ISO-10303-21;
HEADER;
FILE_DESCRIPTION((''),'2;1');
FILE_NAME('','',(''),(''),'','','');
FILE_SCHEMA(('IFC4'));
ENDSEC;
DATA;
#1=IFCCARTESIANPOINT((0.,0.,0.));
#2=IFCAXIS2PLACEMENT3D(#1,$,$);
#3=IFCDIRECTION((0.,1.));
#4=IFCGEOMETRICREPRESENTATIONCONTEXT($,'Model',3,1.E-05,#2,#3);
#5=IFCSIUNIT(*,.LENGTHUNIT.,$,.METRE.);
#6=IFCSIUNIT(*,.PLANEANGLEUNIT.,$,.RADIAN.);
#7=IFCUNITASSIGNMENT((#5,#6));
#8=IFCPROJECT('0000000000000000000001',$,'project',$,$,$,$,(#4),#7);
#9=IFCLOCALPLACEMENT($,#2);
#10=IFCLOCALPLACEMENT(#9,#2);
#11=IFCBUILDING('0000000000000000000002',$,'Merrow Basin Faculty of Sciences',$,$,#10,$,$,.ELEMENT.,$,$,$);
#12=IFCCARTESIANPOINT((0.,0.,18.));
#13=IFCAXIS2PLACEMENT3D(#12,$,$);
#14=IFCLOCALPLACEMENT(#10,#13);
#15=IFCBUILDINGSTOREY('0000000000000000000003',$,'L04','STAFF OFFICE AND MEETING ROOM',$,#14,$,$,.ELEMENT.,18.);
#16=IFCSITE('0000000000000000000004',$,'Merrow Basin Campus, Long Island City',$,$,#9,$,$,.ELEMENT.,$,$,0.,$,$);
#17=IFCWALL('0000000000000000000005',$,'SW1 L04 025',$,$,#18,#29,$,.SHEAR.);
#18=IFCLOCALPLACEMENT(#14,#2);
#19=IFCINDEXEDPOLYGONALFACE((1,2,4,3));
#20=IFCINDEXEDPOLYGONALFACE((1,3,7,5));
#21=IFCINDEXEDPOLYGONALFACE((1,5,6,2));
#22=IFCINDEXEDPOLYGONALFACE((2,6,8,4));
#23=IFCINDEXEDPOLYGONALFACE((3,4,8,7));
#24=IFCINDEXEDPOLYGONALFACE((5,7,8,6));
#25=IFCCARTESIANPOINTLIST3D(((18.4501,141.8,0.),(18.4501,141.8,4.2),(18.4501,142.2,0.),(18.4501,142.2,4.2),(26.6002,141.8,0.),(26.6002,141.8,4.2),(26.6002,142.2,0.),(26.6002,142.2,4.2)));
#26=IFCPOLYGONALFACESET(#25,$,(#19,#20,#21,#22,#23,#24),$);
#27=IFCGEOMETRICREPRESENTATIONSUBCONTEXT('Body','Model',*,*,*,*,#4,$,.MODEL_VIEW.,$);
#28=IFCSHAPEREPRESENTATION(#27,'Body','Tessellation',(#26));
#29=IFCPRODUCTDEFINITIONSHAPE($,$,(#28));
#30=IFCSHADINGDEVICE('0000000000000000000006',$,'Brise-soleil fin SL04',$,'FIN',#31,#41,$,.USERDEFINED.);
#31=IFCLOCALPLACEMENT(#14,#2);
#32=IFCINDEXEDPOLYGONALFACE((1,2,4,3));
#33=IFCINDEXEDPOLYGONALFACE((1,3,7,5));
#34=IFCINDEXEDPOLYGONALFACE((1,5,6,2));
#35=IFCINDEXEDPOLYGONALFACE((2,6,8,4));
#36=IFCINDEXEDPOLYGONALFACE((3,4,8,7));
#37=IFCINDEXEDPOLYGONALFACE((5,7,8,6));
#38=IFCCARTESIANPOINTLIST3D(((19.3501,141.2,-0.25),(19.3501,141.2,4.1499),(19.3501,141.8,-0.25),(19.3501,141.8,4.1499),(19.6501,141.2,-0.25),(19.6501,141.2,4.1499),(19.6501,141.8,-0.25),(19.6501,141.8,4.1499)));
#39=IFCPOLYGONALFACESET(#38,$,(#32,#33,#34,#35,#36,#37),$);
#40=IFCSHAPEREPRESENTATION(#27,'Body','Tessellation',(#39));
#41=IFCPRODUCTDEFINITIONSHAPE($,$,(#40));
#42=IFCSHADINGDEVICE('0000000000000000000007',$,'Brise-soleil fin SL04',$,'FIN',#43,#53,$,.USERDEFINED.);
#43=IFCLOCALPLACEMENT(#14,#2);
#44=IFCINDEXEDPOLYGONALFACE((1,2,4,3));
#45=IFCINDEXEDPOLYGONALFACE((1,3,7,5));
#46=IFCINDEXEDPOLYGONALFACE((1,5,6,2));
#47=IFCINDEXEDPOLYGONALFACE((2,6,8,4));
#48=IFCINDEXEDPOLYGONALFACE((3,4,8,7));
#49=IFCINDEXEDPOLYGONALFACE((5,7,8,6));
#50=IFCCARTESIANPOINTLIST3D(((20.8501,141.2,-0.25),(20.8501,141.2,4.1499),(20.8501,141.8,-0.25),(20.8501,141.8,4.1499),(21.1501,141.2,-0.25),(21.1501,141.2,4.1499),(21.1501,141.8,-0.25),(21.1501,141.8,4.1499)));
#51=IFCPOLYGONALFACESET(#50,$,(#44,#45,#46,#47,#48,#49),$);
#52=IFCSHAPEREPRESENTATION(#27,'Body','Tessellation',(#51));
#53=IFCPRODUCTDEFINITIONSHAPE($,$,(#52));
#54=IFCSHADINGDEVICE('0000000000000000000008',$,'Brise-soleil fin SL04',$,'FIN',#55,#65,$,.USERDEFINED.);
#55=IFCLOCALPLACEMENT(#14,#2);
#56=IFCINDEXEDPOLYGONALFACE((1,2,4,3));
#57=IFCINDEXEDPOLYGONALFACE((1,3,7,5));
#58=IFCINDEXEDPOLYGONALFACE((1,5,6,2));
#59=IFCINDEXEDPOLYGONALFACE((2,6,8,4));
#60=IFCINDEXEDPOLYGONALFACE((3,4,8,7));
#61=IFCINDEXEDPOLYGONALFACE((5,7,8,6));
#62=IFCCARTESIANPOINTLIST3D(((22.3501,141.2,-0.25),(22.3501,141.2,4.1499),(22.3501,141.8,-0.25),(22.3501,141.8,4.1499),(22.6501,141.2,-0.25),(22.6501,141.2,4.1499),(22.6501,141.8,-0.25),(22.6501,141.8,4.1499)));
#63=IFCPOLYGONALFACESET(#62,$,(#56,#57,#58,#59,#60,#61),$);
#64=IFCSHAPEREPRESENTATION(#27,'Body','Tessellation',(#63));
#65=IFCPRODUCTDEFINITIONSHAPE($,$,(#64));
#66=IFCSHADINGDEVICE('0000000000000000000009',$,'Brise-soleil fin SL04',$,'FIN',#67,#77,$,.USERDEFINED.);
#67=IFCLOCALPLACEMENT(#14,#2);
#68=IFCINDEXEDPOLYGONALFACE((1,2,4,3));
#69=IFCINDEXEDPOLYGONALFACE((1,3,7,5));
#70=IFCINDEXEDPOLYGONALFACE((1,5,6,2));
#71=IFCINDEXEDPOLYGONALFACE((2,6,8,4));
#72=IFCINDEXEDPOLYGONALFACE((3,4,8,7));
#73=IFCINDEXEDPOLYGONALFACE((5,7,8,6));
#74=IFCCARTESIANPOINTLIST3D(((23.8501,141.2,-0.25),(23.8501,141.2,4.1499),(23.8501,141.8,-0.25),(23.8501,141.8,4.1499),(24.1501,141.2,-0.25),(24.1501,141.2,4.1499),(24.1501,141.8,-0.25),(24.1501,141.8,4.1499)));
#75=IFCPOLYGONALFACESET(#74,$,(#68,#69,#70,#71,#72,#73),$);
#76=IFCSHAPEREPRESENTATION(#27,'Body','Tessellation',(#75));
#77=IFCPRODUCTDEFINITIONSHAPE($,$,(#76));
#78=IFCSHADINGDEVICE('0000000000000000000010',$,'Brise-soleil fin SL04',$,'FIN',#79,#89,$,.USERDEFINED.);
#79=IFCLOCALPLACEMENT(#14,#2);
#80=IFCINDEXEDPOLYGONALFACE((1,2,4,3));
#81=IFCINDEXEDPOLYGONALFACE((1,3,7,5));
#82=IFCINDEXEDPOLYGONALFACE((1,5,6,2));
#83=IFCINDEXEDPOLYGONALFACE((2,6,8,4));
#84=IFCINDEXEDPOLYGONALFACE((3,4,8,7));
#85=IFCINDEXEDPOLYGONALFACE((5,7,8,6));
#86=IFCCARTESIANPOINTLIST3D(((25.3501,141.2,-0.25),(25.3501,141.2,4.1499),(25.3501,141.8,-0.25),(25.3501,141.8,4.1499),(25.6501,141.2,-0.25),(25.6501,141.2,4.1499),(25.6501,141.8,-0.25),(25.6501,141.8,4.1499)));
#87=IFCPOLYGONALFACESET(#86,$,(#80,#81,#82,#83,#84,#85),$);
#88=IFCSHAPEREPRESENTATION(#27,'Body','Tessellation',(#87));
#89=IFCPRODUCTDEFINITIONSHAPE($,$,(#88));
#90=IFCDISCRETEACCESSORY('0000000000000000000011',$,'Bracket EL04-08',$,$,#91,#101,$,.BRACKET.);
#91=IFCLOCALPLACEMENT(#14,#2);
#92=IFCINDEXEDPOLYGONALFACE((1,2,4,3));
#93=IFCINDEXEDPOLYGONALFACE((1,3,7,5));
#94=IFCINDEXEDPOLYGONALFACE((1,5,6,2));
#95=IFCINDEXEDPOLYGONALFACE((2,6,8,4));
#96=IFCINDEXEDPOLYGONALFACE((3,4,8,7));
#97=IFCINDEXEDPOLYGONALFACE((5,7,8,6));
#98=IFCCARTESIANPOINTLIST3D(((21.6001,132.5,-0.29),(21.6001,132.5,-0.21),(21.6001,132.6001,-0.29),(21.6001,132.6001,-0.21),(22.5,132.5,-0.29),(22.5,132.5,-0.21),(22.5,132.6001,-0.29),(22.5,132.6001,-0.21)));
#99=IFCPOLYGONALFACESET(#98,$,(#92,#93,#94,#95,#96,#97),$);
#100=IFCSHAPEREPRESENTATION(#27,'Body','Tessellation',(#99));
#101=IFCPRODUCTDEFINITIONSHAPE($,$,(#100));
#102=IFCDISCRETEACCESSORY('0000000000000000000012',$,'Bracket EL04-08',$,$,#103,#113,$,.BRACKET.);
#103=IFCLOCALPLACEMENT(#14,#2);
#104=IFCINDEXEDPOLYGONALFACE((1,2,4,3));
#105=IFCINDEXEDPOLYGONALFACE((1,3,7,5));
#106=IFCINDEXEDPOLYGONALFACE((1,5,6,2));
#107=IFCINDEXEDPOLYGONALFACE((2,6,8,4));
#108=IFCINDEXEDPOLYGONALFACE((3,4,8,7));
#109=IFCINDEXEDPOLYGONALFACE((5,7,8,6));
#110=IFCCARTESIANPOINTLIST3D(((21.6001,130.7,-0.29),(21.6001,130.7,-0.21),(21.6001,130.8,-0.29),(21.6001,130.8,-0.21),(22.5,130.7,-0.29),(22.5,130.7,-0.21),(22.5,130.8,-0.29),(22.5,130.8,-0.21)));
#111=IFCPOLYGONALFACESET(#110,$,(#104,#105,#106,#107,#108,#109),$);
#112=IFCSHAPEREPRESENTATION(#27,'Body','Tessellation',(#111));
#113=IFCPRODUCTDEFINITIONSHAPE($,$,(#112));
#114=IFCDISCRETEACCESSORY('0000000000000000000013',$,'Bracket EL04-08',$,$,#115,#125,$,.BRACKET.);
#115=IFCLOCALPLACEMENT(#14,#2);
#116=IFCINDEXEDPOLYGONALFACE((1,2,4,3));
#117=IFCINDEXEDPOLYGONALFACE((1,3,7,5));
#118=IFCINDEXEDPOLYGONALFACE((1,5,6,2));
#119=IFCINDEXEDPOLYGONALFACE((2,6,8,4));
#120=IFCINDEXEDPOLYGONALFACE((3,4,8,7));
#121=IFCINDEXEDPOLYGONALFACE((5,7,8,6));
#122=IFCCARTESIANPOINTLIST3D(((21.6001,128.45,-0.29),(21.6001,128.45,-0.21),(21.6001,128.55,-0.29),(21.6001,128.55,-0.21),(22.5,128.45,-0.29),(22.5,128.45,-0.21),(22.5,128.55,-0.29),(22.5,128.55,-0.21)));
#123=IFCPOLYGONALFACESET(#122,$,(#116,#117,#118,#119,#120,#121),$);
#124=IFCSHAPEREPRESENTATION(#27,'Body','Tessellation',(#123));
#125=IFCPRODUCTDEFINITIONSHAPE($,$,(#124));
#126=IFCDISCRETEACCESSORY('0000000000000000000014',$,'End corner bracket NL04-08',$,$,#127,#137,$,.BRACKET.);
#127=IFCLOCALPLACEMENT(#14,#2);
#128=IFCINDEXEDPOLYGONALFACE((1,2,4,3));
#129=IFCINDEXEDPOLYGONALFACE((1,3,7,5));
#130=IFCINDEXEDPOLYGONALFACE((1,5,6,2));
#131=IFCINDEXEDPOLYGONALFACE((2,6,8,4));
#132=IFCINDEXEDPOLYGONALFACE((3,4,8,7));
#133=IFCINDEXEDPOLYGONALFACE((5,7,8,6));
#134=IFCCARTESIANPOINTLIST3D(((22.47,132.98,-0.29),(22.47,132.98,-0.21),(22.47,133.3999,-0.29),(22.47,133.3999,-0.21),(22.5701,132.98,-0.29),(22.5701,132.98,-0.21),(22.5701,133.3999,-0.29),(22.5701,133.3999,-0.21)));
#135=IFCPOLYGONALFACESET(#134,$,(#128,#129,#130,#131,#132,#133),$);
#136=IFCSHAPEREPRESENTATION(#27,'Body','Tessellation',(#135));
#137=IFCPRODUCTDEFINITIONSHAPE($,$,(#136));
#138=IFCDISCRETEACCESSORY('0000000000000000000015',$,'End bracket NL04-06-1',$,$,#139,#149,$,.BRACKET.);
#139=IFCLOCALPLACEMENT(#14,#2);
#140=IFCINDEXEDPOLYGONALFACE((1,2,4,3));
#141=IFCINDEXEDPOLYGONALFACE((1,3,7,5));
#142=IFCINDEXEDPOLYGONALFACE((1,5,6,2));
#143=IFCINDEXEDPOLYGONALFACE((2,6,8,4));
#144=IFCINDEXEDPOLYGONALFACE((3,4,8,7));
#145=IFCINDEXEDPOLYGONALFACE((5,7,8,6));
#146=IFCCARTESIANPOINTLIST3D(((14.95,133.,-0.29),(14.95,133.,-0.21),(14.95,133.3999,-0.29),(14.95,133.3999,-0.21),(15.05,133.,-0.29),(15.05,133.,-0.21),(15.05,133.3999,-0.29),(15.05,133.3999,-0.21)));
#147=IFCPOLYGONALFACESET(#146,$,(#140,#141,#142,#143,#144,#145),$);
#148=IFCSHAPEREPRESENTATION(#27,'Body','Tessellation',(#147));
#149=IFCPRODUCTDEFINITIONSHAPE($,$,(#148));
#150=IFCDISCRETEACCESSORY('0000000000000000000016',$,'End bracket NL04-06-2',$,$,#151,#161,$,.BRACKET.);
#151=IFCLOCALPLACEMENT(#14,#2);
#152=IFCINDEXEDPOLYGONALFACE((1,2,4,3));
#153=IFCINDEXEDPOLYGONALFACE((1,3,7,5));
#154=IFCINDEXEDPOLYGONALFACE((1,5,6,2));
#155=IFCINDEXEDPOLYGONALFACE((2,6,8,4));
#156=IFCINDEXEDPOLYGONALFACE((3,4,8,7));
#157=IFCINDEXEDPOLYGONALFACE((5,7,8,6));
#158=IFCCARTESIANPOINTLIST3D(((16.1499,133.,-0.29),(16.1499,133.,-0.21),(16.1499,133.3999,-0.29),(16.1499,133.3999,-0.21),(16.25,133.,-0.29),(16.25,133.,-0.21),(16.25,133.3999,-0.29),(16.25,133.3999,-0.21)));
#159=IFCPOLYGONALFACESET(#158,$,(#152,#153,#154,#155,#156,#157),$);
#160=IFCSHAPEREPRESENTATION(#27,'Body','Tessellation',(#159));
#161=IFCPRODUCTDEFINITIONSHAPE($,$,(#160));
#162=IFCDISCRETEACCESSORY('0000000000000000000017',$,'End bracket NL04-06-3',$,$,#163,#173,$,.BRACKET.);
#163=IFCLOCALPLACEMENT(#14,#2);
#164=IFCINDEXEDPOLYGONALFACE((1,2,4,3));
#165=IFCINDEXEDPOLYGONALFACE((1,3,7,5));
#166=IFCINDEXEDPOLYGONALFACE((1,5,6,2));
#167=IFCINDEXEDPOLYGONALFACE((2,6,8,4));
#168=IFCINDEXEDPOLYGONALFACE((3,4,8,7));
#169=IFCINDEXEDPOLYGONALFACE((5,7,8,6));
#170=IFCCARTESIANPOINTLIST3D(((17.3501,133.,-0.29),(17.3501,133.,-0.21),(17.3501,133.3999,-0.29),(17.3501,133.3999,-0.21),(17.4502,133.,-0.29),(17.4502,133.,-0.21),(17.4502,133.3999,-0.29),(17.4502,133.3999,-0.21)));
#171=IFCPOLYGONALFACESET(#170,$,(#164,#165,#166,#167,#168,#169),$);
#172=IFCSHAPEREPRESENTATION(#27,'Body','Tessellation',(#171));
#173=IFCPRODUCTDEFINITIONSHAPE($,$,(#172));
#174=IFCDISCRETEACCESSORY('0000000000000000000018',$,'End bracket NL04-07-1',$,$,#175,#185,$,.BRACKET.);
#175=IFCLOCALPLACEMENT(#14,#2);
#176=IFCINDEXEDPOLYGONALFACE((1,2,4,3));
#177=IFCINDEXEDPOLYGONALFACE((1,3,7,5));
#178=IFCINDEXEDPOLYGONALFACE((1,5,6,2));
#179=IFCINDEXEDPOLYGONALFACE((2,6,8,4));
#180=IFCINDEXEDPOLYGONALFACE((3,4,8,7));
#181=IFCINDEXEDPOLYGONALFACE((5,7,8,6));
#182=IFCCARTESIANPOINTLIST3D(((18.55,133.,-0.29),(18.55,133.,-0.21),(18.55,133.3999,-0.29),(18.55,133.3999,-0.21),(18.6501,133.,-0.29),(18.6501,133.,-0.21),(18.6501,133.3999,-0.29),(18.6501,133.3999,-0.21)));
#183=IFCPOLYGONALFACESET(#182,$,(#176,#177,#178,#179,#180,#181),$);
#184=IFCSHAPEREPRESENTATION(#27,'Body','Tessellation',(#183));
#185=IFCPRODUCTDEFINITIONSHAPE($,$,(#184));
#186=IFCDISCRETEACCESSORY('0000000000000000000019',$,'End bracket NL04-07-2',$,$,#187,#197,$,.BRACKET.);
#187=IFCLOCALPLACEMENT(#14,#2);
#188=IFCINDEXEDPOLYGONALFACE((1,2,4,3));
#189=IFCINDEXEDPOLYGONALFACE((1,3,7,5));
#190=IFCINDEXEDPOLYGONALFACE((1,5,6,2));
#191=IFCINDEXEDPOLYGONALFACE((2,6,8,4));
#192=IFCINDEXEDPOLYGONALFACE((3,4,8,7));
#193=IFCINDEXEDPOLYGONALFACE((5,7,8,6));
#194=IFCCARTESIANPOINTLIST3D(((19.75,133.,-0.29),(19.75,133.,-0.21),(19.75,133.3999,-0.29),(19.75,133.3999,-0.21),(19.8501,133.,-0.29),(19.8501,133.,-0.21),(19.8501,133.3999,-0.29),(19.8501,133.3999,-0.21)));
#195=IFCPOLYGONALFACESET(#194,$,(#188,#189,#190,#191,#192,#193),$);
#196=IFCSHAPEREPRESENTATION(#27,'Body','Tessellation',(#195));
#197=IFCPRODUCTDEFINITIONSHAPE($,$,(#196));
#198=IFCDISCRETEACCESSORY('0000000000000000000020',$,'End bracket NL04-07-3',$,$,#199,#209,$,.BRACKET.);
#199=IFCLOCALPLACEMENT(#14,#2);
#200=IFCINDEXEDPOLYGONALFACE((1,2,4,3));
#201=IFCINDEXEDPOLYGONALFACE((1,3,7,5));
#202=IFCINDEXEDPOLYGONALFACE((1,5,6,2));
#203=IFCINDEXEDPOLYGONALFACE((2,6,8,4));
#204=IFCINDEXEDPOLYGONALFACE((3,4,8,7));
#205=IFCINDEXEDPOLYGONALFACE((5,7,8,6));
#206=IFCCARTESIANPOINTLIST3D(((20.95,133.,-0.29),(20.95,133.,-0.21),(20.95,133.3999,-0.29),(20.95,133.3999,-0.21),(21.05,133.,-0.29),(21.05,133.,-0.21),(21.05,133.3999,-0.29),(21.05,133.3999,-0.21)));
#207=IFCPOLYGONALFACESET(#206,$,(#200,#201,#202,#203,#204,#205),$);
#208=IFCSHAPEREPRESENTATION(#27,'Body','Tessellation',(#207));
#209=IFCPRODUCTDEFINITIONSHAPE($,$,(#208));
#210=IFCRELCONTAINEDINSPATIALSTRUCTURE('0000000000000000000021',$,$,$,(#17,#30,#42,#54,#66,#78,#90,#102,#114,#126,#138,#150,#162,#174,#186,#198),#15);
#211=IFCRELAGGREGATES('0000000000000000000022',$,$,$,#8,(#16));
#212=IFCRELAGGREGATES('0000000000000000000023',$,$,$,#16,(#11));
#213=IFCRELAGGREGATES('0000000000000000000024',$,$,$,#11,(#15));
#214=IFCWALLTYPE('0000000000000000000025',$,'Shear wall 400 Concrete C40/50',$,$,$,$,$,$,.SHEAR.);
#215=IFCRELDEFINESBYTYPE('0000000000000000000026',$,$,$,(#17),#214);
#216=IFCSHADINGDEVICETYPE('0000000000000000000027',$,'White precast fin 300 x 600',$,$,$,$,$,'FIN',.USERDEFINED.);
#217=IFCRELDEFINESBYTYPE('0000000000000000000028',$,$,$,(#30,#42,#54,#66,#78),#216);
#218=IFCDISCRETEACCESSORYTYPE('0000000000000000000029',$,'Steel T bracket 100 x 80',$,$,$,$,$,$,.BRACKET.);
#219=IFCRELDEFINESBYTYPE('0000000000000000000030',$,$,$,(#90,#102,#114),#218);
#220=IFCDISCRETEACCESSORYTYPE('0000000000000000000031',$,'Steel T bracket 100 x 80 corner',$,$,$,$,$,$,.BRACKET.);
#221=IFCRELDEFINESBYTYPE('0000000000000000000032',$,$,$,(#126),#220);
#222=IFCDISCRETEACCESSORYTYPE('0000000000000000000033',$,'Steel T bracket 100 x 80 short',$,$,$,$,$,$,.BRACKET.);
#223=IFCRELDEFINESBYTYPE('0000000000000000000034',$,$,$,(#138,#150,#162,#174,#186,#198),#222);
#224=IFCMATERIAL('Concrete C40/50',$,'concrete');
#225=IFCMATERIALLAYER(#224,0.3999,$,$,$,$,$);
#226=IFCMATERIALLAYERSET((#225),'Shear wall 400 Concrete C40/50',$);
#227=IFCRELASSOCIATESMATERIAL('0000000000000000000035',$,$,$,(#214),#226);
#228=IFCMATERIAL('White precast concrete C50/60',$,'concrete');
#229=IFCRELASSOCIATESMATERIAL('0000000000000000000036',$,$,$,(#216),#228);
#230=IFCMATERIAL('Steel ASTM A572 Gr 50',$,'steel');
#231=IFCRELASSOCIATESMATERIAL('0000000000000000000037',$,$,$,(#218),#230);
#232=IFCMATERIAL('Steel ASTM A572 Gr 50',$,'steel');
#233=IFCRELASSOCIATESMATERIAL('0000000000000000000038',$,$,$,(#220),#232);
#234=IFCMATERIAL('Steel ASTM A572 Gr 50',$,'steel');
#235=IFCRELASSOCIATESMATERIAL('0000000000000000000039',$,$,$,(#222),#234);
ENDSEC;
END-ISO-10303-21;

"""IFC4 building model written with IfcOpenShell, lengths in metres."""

from ifc_helpers import new_model, si_unit, direction, frame, frame_2d, origin, place, context, subcontext, project, spatial, polyline, rectangle, outline, extrude, source, transform, mapped, material, layer, layer_set, type_object, element, save


model = new_model("IFC4")

# Units and contexts
model_context = context("Model", 3, precision=1e-05, world=origin(), true_north=direction((0.0, 1.0)))
body_context = subcontext(model_context, "Body", "Model", "MODEL_VIEW")
ifc_project = project(units=[si_unit("LENGTHUNIT", "METRE"), si_unit("PLANEANGLEUNIT", "RADIAN")], contexts=[model_context])

# Site, building, storey
site_placement = place(None, origin())
site = spatial("IfcSite", under=ifc_project, at=site_placement, Name="Merrow Basin Campus, Long Island City", CompositionType="ELEMENT", RefElevation=0.0)
building_placement = place(site_placement, origin())
building = spatial("IfcBuilding", under=site, at=building_placement, Name="Merrow Basin Faculty of Sciences", CompositionType="ELEMENT")
storey_placement = place(building_placement, frame((0.0, 0.0, 18.0)))
storey = spatial("IfcBuildingStorey", under=building, at=storey_placement, Name="L04", Description="STAFF OFFICE AND MEETING ROOM", CompositionType="ELEMENT", Elevation=18.0)

# Wall
ifc_material_1 = material(Name="Concrete C40/50", Category="concrete")
ifc_layer_1 = layer(ifc_material_1, 0.3999)
ifc_layer_set_1 = layer_set([ifc_layer_1], Name="Shear wall 400 Concrete C40/50")
wall_type_1 = type_object("IfcWallType", Name="Shear wall 400 Concrete C40/50", PredefinedType="SHEAR", material=ifc_layer_set_1)
wall_1_placement = place(storey_placement, frame((18.45, 142.0, 0.0), z_axis=(0.0, 0.0, 1.0), x_axis=(1.0, 0.0, 0.0)))
element("IfcWall", 1, at=wall_1_placement, inside=storey, type_object=wall_type_1, Name="SW1 L04 025", PredefinedType="SHEAR", context=body_context, shape_type="SweptSolid", body=[
    extrude(rectangle(XDim=8.1501, YDim=0.3999, at=frame_2d((4.0752, 0.0))), origin(), (0.0, 0.0, 1.0), 4.2),
])

# Shading devices
ifc_material_2 = material(Name="White precast concrete C50/60", Category="concrete")
shading_device_type = type_object("IfcShadingDeviceType", Name="White precast fin 300 x 600", ElementType="FIN", PredefinedType="USERDEFINED", material=ifc_material_2)
shared_shape_1 = source(origin(), body_context, "Body", "SweptSolid", [
    extrude(outline(polyline([(0.0, 0.0), (0.3, 0.0), (0.3, 4.3999), (0.0, 4.3999), (0.0, 0.0)])), origin(), (0.0, 0.0, 1.0), 0.6001),
])
for number, where, z_axis, x_axis, name in (
    (2, (19.3501, 141.8, -0.25), (0.0, -1.0, 0.0), (1.0, 0.0, 0.0), "Brise-soleil fin SL04"),
    (3, (20.8501, 141.8, -0.25), (0.0, -1.0, 0.0), (1.0, 0.0, 0.0), "Brise-soleil fin SL04"),
    (4, (22.3501, 141.8, -0.25), (0.0, -1.0, 0.0), (1.0, 0.0, 0.0), "Brise-soleil fin SL04"),
    (5, (23.8501, 141.8, -0.25), (0.0, -1.0, 0.0), (1.0, 0.0, 0.0), "Brise-soleil fin SL04"),
    (6, (25.3501, 141.8, -0.25), (0.0, -1.0, 0.0), (1.0, 0.0, 0.0), "Brise-soleil fin SL04"),
):
    element("IfcShadingDevice", number, at=place(storey_placement, frame(where, z_axis=z_axis, x_axis=x_axis)), inside=storey, type_object=shading_device_type, Name=name, ObjectType="FIN", PredefinedType="USERDEFINED", context=body_context, shape_type="MappedRepresentation", body=[
        mapped(shared_shape_1, transform((0.0, 0.0, 0.0), scale=1.0)),
    ])

# Discrete accessories
ifc_material_3 = material(Name="Steel ASTM A572 Gr 50", Category="steel")
discrete_accessory_type_1 = type_object("IfcDiscreteAccessoryType", Name="Steel T bracket 100 x 80", PredefinedType="BRACKET", material=ifc_material_3)
shared_shape_2 = source(origin(), body_context, "Body", "SweptSolid", [
    extrude(outline(polyline([(0.0, 0.0), (0.1001, 0.0), (0.1001, 0.0801), (0.0, 0.0801), (0.0, 0.0)])), origin(), (0.0, 0.0, 1.0), 0.8999),
])
for number, where, z_axis, x_axis, name in (
    (7, (22.5, 132.6001, -0.29), (-1.0, 0.0, 0.0), (0.0, -1.0, 0.0), "Bracket EL04-08"),
    (8, (22.5, 130.8, -0.29), (-1.0, 0.0, 0.0), (0.0, -1.0, 0.0), "Bracket EL04-08"),
    (9, (22.5, 128.55, -0.29), (-1.0, 0.0, 0.0), (0.0, -1.0, 0.0), "Bracket EL04-08"),
):
    element("IfcDiscreteAccessory", number, at=place(storey_placement, frame(where, z_axis=z_axis, x_axis=x_axis)), inside=storey, type_object=discrete_accessory_type_1, Name=name, PredefinedType="BRACKET", context=body_context, shape_type="MappedRepresentation", body=[
        mapped(shared_shape_2, transform((0.0, 0.0, 0.0), scale=1.0)),
    ])
ifc_material_4 = material(Name="Steel ASTM A572 Gr 50", Category="steel")
discrete_accessory_type_2 = type_object("IfcDiscreteAccessoryType", Name="Steel T bracket 100 x 80 corner", PredefinedType="BRACKET", material=ifc_material_4)
shared_shape_3 = source(origin(), body_context, "Body", "SweptSolid", [
    extrude(outline(polyline([(0.0, 0.0), (0.1001, 0.0), (0.1001, 0.0801), (0.0, 0.0801), (0.0, 0.0)])), origin(), (0.0, 0.0, 1.0), 0.4199),
])
discrete_accessory_placement = place(storey_placement, frame((22.47, 133.3999, -0.29), z_axis=(0.0, -1.0, 0.0), x_axis=(1.0, 0.0, 0.0)))
element("IfcDiscreteAccessory", 10, at=discrete_accessory_placement, inside=storey, type_object=discrete_accessory_type_2, Name="End corner bracket NL04-08", PredefinedType="BRACKET", context=body_context, shape_type="MappedRepresentation", body=[
    mapped(shared_shape_3, transform((0.0, 0.0, 0.0), scale=1.0)),
])
ifc_material_5 = material(Name="Steel ASTM A572 Gr 50", Category="steel")
discrete_accessory_type_3 = type_object("IfcDiscreteAccessoryType", Name="Steel T bracket 100 x 80 short", PredefinedType="BRACKET", material=ifc_material_5)
shared_shape_4 = source(origin(), body_context, "Body", "SweptSolid", [
    extrude(outline(polyline([(0.0, 0.0), (0.1001, 0.0), (0.1001, 0.0801), (0.0, 0.0801), (0.0, 0.0)])), origin(), (0.0, 0.0, 1.0), 0.3999),
])
for number, where, z_axis, x_axis, name in (
    (11, (14.95, 133.3999, -0.29), (0.0, -1.0, 0.0), (1.0, 0.0, 0.0), "End bracket NL04-06-1"),
    (12, (16.1499, 133.3999, -0.29), (0.0, -1.0, 0.0), (1.0, 0.0, 0.0), "End bracket NL04-06-2"),
    (13, (17.3501, 133.3999, -0.29), (0.0, -1.0, 0.0), (1.0, 0.0, 0.0), "End bracket NL04-06-3"),
    (14, (18.55, 133.3999, -0.29), (0.0, -1.0, 0.0), (1.0, 0.0, 0.0), "End bracket NL04-07-1"),
    (15, (19.75, 133.3999, -0.29), (0.0, -1.0, 0.0), (1.0, 0.0, 0.0), "End bracket NL04-07-2"),
    (16, (20.95, 133.3999, -0.29), (0.0, -1.0, 0.0), (1.0, 0.0, 0.0), "End bracket NL04-07-3"),
):
    element("IfcDiscreteAccessory", number, at=place(storey_placement, frame(where, z_axis=z_axis, x_axis=x_axis)), inside=storey, type_object=discrete_accessory_type_3, Name=name, PredefinedType="BRACKET", context=body_context, shape_type="MappedRepresentation", body=[
        mapped(shared_shape_4, transform((0.0, 0.0, 0.0), scale=1.0)),
    ])

save(model, "model.ifc")
